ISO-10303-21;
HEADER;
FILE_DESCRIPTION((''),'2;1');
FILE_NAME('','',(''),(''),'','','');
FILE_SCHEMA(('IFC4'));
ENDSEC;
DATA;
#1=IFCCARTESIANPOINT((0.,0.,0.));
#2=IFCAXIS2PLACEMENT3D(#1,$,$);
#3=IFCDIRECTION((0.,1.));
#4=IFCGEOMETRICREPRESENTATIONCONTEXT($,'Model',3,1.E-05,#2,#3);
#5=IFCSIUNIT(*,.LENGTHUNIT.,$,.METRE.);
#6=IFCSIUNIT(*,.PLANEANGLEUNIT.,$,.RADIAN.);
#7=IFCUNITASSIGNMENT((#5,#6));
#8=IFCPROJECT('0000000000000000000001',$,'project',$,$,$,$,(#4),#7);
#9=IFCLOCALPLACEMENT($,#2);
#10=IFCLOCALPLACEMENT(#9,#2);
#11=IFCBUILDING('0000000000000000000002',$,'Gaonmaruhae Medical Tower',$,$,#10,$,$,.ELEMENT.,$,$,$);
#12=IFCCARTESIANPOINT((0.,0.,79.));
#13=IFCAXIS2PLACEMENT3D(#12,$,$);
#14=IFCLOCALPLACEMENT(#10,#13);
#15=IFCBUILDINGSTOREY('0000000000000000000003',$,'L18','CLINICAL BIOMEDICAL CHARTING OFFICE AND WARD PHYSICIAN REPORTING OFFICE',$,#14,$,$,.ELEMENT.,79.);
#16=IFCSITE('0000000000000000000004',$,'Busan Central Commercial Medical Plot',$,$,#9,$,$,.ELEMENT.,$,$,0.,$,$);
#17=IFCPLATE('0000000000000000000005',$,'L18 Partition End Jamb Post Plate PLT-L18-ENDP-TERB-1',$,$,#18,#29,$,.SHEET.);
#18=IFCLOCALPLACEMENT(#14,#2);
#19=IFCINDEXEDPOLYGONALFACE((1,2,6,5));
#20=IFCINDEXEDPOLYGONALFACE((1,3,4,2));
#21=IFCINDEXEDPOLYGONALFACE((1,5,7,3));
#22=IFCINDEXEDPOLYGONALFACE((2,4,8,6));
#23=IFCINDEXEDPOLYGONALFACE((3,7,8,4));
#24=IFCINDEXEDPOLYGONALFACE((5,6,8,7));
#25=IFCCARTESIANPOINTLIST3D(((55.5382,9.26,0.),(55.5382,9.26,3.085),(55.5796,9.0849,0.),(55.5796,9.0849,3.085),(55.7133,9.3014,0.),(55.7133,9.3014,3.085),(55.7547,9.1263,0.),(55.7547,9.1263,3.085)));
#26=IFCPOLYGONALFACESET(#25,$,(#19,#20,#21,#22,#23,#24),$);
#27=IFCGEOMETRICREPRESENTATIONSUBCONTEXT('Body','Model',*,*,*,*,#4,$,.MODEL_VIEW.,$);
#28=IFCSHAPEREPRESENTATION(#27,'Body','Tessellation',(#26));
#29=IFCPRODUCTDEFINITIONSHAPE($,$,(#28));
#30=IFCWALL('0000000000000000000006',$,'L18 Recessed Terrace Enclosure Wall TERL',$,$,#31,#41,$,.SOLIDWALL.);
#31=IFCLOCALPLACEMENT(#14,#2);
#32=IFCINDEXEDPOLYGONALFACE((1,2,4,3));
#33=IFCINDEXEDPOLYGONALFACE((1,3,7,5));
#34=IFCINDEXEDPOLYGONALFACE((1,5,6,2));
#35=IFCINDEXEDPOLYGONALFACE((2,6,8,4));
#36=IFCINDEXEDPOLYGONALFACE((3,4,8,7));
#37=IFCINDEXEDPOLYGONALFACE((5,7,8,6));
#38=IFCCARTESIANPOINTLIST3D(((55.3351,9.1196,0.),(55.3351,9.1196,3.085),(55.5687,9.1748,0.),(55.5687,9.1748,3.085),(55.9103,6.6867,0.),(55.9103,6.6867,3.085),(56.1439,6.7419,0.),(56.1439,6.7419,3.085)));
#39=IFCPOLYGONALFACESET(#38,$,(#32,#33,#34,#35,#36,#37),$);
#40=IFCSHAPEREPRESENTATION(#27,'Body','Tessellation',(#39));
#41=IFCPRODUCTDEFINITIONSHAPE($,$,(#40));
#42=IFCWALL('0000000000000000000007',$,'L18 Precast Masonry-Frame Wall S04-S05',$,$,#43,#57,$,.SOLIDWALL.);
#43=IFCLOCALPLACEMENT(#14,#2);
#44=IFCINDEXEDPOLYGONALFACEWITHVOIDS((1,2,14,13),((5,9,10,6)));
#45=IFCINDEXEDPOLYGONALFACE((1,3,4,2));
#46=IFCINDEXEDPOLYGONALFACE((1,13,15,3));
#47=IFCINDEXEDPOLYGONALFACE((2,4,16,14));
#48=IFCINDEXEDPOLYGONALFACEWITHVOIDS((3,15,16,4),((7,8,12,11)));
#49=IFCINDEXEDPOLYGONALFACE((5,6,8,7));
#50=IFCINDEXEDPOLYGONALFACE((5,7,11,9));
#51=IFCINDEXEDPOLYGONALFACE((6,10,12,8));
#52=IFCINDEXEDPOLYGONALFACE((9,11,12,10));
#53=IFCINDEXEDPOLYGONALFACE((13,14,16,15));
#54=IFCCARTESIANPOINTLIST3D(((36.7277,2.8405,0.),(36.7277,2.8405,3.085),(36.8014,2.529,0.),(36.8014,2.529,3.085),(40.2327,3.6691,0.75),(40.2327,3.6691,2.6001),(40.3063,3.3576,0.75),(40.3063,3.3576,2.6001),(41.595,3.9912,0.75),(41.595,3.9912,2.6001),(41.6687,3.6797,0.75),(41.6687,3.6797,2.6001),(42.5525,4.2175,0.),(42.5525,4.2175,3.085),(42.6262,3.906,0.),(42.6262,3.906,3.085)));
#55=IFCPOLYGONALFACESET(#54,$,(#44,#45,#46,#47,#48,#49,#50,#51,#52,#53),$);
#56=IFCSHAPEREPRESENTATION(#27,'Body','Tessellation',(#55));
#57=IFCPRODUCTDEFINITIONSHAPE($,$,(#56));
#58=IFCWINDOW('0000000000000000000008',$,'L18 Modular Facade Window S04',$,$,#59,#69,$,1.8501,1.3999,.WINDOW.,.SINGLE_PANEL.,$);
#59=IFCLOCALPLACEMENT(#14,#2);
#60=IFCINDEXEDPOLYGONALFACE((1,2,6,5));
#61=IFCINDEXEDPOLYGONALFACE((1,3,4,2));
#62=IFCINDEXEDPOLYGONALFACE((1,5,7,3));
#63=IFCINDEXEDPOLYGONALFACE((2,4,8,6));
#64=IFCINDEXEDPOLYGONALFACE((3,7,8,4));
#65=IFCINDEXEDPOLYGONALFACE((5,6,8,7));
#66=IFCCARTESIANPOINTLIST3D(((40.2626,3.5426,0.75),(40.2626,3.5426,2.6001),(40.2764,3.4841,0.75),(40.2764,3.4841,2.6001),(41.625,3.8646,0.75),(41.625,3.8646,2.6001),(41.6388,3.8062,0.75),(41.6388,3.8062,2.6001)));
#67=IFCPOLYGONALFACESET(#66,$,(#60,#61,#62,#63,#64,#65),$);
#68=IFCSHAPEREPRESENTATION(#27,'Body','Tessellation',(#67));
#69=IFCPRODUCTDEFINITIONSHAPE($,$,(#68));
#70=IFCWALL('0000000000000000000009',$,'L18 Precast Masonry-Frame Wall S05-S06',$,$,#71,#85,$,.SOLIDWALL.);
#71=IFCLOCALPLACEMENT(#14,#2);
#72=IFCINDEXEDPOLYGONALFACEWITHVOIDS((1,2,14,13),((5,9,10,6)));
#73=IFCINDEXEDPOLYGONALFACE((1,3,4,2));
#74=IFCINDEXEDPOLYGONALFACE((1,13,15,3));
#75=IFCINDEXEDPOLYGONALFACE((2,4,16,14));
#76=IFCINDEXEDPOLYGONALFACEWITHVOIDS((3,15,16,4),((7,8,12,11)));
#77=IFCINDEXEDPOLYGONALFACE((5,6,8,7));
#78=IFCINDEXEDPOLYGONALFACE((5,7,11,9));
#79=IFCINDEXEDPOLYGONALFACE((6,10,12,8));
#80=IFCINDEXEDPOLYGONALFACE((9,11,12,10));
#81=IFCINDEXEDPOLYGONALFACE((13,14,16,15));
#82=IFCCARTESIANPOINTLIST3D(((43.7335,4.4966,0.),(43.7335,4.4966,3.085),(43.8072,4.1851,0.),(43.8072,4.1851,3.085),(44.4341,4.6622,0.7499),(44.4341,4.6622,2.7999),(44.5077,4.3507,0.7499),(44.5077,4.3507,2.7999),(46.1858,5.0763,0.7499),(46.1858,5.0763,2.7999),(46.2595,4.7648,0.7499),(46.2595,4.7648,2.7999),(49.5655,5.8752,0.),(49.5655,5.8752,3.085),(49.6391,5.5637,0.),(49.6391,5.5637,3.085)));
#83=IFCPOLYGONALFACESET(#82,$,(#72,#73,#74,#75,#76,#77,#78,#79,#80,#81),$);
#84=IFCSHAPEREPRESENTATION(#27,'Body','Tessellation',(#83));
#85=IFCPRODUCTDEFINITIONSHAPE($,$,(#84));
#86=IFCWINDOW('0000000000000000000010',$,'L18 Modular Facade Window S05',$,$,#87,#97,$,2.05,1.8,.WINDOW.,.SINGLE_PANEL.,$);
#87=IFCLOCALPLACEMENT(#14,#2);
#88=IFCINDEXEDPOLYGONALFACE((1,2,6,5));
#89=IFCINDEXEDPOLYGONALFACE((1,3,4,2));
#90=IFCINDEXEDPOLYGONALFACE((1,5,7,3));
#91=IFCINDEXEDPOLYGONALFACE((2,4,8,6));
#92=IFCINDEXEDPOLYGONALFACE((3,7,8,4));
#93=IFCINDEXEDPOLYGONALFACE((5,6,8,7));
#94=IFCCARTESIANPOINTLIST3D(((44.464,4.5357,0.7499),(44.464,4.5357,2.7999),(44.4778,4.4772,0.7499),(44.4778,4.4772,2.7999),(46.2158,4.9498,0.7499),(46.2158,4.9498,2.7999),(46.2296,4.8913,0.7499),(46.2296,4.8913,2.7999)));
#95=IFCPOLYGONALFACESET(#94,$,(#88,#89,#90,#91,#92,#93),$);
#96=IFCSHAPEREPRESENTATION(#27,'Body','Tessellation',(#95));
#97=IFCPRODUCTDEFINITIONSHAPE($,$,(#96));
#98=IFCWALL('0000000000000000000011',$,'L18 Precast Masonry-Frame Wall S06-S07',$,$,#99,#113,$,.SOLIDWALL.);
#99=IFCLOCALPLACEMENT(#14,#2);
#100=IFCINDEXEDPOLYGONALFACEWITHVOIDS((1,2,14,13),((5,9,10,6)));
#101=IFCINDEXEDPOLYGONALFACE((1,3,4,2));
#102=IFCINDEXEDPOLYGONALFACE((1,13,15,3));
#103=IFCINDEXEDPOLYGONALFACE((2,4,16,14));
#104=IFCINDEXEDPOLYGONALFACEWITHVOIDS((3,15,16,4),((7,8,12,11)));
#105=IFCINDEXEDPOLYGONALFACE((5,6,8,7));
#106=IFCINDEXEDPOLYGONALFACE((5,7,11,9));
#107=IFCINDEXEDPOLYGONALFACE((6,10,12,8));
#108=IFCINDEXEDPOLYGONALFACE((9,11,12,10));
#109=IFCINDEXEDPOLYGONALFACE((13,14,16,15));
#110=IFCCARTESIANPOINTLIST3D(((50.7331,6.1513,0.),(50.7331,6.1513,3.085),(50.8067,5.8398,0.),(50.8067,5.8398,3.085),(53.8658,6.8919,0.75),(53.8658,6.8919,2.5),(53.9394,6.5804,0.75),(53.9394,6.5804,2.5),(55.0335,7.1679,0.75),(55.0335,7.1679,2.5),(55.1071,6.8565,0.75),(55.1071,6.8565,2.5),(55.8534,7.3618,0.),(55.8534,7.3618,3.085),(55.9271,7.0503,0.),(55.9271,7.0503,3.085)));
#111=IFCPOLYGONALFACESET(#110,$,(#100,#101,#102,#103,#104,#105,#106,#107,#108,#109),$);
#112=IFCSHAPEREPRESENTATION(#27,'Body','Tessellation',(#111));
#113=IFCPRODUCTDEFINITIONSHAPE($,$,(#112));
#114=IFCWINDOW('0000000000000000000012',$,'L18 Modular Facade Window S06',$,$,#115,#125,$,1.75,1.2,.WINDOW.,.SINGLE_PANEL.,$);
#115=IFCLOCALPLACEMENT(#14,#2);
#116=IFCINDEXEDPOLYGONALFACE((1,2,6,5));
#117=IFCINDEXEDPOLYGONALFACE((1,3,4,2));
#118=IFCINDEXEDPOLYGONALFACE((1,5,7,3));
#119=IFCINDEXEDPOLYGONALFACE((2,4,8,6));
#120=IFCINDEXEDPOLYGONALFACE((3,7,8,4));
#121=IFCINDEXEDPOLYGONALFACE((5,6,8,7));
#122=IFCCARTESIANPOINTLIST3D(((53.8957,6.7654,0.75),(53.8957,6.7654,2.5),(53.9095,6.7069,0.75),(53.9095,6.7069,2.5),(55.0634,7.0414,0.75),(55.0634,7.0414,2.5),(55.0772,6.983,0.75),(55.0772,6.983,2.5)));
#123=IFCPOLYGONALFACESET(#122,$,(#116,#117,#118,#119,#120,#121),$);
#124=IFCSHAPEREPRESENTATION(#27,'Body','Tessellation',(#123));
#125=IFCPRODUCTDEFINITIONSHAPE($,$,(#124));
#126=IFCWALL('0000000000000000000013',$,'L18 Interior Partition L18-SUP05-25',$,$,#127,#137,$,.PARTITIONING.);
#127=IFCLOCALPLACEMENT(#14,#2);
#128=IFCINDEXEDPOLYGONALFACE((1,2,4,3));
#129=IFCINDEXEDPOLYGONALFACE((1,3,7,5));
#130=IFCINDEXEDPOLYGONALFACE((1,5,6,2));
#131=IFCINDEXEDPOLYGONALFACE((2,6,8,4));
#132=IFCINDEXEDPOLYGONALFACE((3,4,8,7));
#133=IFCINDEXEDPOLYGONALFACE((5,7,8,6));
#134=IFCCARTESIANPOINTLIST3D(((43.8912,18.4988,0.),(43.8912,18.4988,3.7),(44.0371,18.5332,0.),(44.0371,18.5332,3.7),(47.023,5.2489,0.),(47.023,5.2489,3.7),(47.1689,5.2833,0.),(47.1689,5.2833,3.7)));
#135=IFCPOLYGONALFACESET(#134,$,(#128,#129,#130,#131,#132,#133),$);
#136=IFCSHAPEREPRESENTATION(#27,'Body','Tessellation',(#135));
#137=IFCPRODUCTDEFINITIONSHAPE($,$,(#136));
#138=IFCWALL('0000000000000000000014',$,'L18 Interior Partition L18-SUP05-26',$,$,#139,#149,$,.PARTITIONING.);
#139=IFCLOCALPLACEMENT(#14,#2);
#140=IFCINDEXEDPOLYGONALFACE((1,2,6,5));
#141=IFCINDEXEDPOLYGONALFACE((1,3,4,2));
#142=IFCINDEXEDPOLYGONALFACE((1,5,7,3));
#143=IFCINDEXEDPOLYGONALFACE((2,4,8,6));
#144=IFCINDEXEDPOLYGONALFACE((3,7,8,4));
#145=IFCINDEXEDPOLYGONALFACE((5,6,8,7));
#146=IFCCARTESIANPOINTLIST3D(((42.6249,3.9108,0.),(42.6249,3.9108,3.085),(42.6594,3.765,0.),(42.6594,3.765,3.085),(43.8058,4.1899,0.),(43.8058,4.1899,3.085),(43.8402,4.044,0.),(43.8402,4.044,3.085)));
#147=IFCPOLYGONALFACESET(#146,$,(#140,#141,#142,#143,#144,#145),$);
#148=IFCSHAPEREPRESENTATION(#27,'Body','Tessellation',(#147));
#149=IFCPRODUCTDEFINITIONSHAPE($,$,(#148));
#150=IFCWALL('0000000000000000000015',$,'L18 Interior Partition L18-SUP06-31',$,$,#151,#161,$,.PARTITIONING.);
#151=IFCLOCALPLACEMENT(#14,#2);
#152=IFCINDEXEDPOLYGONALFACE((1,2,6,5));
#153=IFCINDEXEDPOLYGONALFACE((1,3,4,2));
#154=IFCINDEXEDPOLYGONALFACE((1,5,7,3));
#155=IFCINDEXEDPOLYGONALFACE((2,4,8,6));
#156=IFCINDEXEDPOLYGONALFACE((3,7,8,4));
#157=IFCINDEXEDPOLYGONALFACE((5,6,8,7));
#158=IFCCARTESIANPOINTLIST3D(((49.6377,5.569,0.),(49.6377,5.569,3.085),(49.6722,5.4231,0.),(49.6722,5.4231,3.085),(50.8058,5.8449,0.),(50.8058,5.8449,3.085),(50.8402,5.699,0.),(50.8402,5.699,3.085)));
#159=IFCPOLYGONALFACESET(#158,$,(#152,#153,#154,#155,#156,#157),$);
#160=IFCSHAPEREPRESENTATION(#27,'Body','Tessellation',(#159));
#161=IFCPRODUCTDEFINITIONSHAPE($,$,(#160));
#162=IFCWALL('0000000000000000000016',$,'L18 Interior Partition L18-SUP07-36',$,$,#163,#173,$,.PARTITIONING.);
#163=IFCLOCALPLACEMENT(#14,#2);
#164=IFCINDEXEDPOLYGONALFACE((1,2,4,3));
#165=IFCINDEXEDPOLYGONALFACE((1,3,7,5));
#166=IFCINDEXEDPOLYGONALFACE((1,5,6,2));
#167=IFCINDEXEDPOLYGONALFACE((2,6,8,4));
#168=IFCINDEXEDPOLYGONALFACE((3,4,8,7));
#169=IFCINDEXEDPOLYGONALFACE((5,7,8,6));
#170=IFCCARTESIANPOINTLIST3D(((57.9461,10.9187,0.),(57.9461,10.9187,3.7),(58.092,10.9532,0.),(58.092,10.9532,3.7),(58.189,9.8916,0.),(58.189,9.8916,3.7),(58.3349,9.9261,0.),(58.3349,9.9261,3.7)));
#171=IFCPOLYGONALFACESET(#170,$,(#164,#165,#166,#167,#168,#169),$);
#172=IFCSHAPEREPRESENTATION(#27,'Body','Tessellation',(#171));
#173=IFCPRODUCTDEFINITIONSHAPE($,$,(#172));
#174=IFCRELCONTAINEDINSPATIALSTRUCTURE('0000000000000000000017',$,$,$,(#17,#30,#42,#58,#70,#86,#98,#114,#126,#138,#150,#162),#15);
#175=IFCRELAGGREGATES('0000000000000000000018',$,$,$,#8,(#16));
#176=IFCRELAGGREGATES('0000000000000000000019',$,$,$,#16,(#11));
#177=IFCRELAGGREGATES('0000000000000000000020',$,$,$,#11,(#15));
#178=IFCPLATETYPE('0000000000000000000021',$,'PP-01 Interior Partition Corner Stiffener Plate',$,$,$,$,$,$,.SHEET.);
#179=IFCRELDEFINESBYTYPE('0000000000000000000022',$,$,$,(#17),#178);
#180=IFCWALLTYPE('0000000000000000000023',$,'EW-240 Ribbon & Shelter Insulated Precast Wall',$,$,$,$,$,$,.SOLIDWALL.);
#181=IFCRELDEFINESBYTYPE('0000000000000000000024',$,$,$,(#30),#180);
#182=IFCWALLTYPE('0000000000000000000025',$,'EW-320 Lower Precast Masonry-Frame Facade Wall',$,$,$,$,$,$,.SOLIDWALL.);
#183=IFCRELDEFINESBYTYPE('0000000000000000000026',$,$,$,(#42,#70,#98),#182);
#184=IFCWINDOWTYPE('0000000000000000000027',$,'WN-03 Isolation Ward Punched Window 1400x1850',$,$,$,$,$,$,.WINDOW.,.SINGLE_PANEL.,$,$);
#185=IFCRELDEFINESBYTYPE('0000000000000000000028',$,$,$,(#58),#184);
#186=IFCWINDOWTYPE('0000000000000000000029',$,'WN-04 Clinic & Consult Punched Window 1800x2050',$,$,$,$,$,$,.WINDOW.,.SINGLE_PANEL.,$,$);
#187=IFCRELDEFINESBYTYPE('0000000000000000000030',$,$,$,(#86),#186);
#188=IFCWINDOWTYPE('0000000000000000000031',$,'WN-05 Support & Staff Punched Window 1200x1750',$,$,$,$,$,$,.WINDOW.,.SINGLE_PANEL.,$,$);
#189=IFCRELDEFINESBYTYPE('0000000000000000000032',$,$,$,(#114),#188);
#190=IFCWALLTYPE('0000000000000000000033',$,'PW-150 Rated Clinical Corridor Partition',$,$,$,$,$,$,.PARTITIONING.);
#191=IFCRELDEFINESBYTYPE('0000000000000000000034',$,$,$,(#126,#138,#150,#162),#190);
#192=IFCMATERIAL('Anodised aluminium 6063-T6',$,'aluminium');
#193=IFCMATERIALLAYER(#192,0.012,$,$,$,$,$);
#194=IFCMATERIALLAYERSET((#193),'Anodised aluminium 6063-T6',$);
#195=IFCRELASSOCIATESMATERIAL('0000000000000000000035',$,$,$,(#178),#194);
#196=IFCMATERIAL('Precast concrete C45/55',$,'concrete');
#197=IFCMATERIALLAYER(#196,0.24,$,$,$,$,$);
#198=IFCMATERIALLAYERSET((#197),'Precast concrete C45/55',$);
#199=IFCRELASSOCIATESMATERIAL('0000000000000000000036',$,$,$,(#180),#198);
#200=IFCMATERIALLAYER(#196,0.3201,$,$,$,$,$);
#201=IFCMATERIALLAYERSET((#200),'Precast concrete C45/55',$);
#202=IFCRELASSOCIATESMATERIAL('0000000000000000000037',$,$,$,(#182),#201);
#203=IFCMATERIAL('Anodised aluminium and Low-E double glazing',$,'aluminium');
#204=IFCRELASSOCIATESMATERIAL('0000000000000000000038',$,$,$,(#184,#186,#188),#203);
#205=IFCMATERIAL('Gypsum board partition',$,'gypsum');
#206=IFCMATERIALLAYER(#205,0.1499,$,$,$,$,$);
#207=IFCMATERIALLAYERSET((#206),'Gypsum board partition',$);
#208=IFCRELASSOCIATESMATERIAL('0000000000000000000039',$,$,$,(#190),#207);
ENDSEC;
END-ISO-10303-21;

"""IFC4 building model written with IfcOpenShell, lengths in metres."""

from ifc_helpers import new_model, si_unit, direction, frame, frame_2d, origin, origin_2d, place, context, subcontext, project, spatial, rectangle, extrude, material, layer, layer_set, type_object, element, fill, save


model = new_model("IFC4")

# Units and contexts
model_context = context("Model", 3, precision=1e-05, world=origin(), true_north=direction((0.0, 1.0)))
body_context = subcontext(model_context, "Body", "Model", "MODEL_VIEW")
ifc_project = project(units=[si_unit("LENGTHUNIT", "METRE"), si_unit("PLANEANGLEUNIT", "RADIAN")], contexts=[model_context])

# Site, building, storey
site_placement = place(None, origin())
site = spatial("IfcSite", under=ifc_project, at=site_placement, Name="Busan Central Commercial Medical Plot", CompositionType="ELEMENT", RefElevation=0.0)
building_placement = place(site_placement, origin())
building = spatial("IfcBuilding", under=site, at=building_placement, Name="Gaonmaruhae Medical Tower", CompositionType="ELEMENT")
storey_placement = place(building_placement, frame((0.0, 0.0, 79.0)))
storey = spatial("IfcBuildingStorey", under=building, at=storey_placement, Name="L18", Description="CLINICAL BIOMEDICAL CHARTING OFFICE AND WARD PHYSICIAN REPORTING OFFICE", CompositionType="ELEMENT", Elevation=79.0)

# Plate
ifc_material_1 = material(Name="Anodised aluminium 6063-T6", Category="aluminium")
ifc_layer_1 = layer(ifc_material_1, 0.012)
ifc_layer_set_1 = layer_set([ifc_layer_1], Name="Anodised aluminium 6063-T6")
plate_type = type_object("IfcPlateType", Name="PP-01 Interior Partition Corner Stiffener Plate", PredefinedType="SHEET", material=ifc_layer_set_1)
plate_placement = place(storey_placement, frame((55.6465, 9.1931, 0.0), z_axis=(0.0, 0.0, 1.0), x_axis=(-0.973179, -0.23005, 0.0)))
element("IfcPlate", 1, at=plate_placement, inside=storey, type_object=plate_type, Name="L18 Partition End Jamb Post Plate PLT-L18-ENDP-TERB-1", PredefinedType="SHEET", context=body_context, shape_type="SweptSolid", body=[
    extrude(rectangle(XDim=0.1799, YDim=0.1799, at=origin_2d()), origin(), (0.0, 0.0, 1.0), 3.085),
])

# Wall
ifc_material_2 = material(Name="Precast concrete C45/55", Category="concrete")
ifc_layer_2 = layer(ifc_material_2, 0.24)
ifc_layer_set_2 = layer_set([ifc_layer_2], Name="Precast concrete C45/55")
wall_type_1 = type_object("IfcWallType", Name="EW-240 Ribbon & Shelter Insulated Precast Wall", PredefinedType="SOLIDWALL", material=ifc_layer_set_2)
wall_1_placement = place(storey_placement, frame((55.4519, 9.1472, 0.0), z_axis=(0.0, 0.0, 1.0), x_axis=(0.230084, -0.973171, 0.0)))
element("IfcWall", 2, at=wall_1_placement, inside=storey, type_object=wall_type_1, Name="L18 Recessed Terrace Enclosure Wall TERL", PredefinedType="SOLIDWALL", context=body_context, shape_type="SweptSolid", body=[
    extrude(rectangle(XDim=2.5, YDim=0.24, at=frame_2d((1.25, 0.0))), origin(), (0.0, 0.0, 1.0), 3.085),
])

# Walls, openings, windows
ifc_layer_3 = layer(ifc_material_2, 0.3201)
ifc_layer_set_3 = layer_set([ifc_layer_3], Name="Precast concrete C45/55")
wall_type_2 = type_object("IfcWallType", Name="EW-320 Lower Precast Masonry-Frame Facade Wall", PredefinedType="SOLIDWALL", material=ifc_layer_set_3)
wall_2_placement = place(storey_placement, frame((42.5894, 4.0618, 0.0), z_axis=(0.0, 0.0, 1.0), x_axis=(-0.973177, -0.230058, 0.0)))
wall_2 = element("IfcWall", 3, at=wall_2_placement, inside=storey, type_object=wall_type_2, Name="L18 Precast Masonry-Frame Wall S04-S05", PredefinedType="SOLIDWALL", context=body_context, shape_type="SweptSolid", body=[
    extrude(rectangle(XDim=5.9854, YDim=0.3201, at=frame_2d((2.9927, 0.0))), origin(), (0.0, 0.0, 1.0), 3.085),
])
opening_1_placement = place(wall_2_placement, frame((0.9839, 0.0, 0.75)))
opening_1 = element("IfcOpeningElement", 4, at=opening_1_placement, cuts=wall_2, PredefinedType="OPENING", context=body_context, shape_type="SweptSolid", body=[
    extrude(rectangle(XDim=1.3999, YDim=1.8501, at=frame_2d((0.7, 0.925))), frame((0.0, 0.1699, 0.0), z_axis=(0.0, -1.0, 0.0), x_axis=(1.0, 0.0, 0.0)), (0.0, 0.0, 1.0), 0.3401),
])
ifc_material_3 = material(Name="Anodised aluminium and Low-E double glazing", Category="aluminium")
window_type_1 = type_object("IfcWindowType", Name="WN-03 Isolation Ward Punched Window 1400x1850", PartitioningType="SINGLE_PANEL", PredefinedType="WINDOW", material=ifc_material_3)
window_1_placement = place(opening_1_placement, origin())
window_1 = element("IfcWindow", 5, at=window_1_placement, inside=storey, type_object=window_type_1, Name="L18 Modular Facade Window S04", OverallHeight=1.8501, OverallWidth=1.3999, PartitioningType="SINGLE_PANEL", PredefinedType="WINDOW", context=body_context, shape_type="SweptSolid", body=[
    extrude(rectangle(XDim=1.3999, YDim=1.8501, at=frame_2d((0.7, 0.925))), frame((0.0, 0.03, 0.0), z_axis=(0.0, -1.0, 0.0), x_axis=(1.0, 0.0, 0.0)), (0.0, 0.0, 1.0), 0.0601),
])
fill(opening_1, window_1)
wall_3_placement = place(storey_placement, frame((49.6023, 5.7195, 0.0), z_axis=(0.0, 0.0, 1.0), x_axis=(-0.973178, -0.230054, 0.0)))
wall_3 = element("IfcWall", 6, at=wall_3_placement, inside=storey, type_object=wall_type_2, Name="L18 Precast Masonry-Frame Wall S05-S06", PredefinedType="SOLIDWALL", context=body_context, shape_type="SweptSolid", body=[
    extrude(rectangle(XDim=5.9927, YDim=0.3201, at=frame_2d((2.9963, 0.0))), origin(), (0.0, 0.0, 1.0), 3.085),
])
opening_2_placement = place(wall_3_placement, frame((3.4729, 0.0, 0.75)))
opening_2 = element("IfcOpeningElement", 7, at=opening_2_placement, cuts=wall_3, PredefinedType="OPENING", context=body_context, shape_type="SweptSolid", body=[
    extrude(rectangle(XDim=1.8, YDim=2.05, at=frame_2d((0.8999, 1.0249))), frame((0.0, 0.1699, 0.0), z_axis=(0.0, -1.0, 0.0), x_axis=(1.0, 0.0, 0.0)), (0.0, 0.0, 1.0), 0.3401),
])
window_type_2 = type_object("IfcWindowType", Name="WN-04 Clinic & Consult Punched Window 1800x2050", PartitioningType="SINGLE_PANEL", PredefinedType="WINDOW", material=ifc_material_3)
window_2_placement = place(opening_2_placement, origin())
window_2 = element("IfcWindow", 8, at=window_2_placement, inside=storey, type_object=window_type_2, Name="L18 Modular Facade Window S05", OverallHeight=2.05, OverallWidth=1.8, PartitioningType="SINGLE_PANEL", PredefinedType="WINDOW", context=body_context, shape_type="SweptSolid", body=[
    extrude(rectangle(XDim=1.8, YDim=2.05, at=frame_2d((0.8999, 1.0249))), frame((0.0, 0.03, 0.0), z_axis=(0.0, -1.0, 0.0), x_axis=(1.0, 0.0, 0.0)), (0.0, 0.0, 1.0), 0.0601),
])
fill(opening_2, window_2)
wall_4_placement = place(storey_placement, frame((55.8904, 7.2061, 0.0), z_axis=(0.0, 0.0, 1.0), x_axis=(-0.973177, -0.230058, 0.0)))
wall_4 = element("IfcWall", 9, at=wall_4_placement, inside=storey, type_object=wall_type_2, Name="L18 Precast Masonry-Frame Wall S06-S07", PredefinedType="SOLIDWALL", context=body_context, shape_type="SweptSolid", body=[
    extrude(rectangle(XDim=5.2615, YDim=0.3201, at=frame_2d((2.6309, 0.0))), origin(), (0.0, 0.0, 1.0), 3.085),
])
opening_3_placement = place(wall_4_placement, frame((0.8425, 0.0, 0.75)))
opening_3 = element("IfcOpeningElement", 10, at=opening_3_placement, cuts=wall_4, PredefinedType="OPENING", context=body_context, shape_type="SweptSolid", body=[
    extrude(rectangle(XDim=1.2, YDim=1.75, at=frame_2d((0.6001, 0.875))), frame((0.0, 0.1699, 0.0), z_axis=(0.0, -1.0, 0.0), x_axis=(1.0, 0.0, 0.0)), (0.0, 0.0, 1.0), 0.3401),
])
window_type_3 = type_object("IfcWindowType", Name="WN-05 Support & Staff Punched Window 1200x1750", PartitioningType="SINGLE_PANEL", PredefinedType="WINDOW", material=ifc_material_3)
window_3_placement = place(opening_3_placement, origin())
window_3 = element("IfcWindow", 11, at=window_3_placement, inside=storey, type_object=window_type_3, Name="L18 Modular Facade Window S06", OverallHeight=1.75, OverallWidth=1.2, PartitioningType="SINGLE_PANEL", PredefinedType="WINDOW", context=body_context, shape_type="SweptSolid", body=[
    extrude(rectangle(XDim=1.2, YDim=1.75, at=frame_2d((0.6001, 0.875))), frame((0.0, 0.03, 0.0), z_axis=(0.0, -1.0, 0.0), x_axis=(1.0, 0.0, 0.0)), (0.0, 0.0, 1.0), 0.0601),
])
fill(opening_3, window_3)

# Walls
ifc_material_4 = material(Name="Gypsum board partition", Category="gypsum")
ifc_layer_4 = layer(ifc_material_4, 0.1499)
ifc_layer_set_4 = layer_set([ifc_layer_4], Name="Gypsum board partition")
wall_type_3 = type_object("IfcWallType", Name="PW-150 Rated Clinical Corridor Partition", PredefinedType="PARTITIONING", material=ifc_layer_set_4)
wall_5_placement = place(storey_placement, frame((43.9641, 18.5161, 0.0), z_axis=(0.0, 0.0, 1.0), x_axis=(0.230027, -0.973184, 0.0)))
element("IfcWall", 12, at=wall_5_placement, inside=storey, type_object=wall_type_3, Name="L18 Interior Partition L18-SUP05-25", PredefinedType="PARTITIONING", context=body_context, shape_type="SweptSolid", body=[
    extrude(rectangle(XDim=13.615, YDim=0.1499, at=frame_2d((6.8076, 0.0))), origin(), (0.0, 0.0, 1.0), 3.7),
])
wall_6_placement = place(storey_placement, frame((43.823, 4.1169, 0.0), z_axis=(0.0, 0.0, 1.0), x_axis=(-0.973198, -0.22997, 0.0)))
element("IfcWall", 13, at=wall_6_placement, inside=storey, type_object=wall_type_3, Name="L18 Interior Partition L18-SUP05-26", PredefinedType="PARTITIONING", context=body_context, shape_type="SweptSolid", body=[
    extrude(rectangle(XDim=1.2134, YDim=0.1499, at=frame_2d((0.6067, 0.0))), origin(), (0.0, 0.0, 1.0), 3.085),
])
wall_7_placement = place(storey_placement, frame((50.823, 5.772, 0.0), z_axis=(0.0, 0.0, 1.0), x_axis=(-0.973219, -0.229878, 0.0)))
element("IfcWall", 14, at=wall_7_placement, inside=storey, type_object=wall_type_3, Name="L18 Interior Partition L18-SUP06-31", PredefinedType="PARTITIONING", context=body_context, shape_type="SweptSolid", body=[
    extrude(rectangle(XDim=1.2002, YDim=0.1499, at=frame_2d((0.6001, 0.0))), origin(), (0.0, 0.0, 1.0), 3.085),
])
wall_8_placement = place(storey_placement, frame((58.019, 10.936, 0.0), z_axis=(0.0, 0.0, 1.0), x_axis=(0.230161, -0.973153, 0.0)))
element("IfcWall", 15, at=wall_8_placement, inside=storey, type_object=wall_type_3, Name="L18 Interior Partition L18-SUP07-36", PredefinedType="PARTITIONING", context=body_context, shape_type="SweptSolid", body=[
    extrude(rectangle(XDim=1.0554, YDim=0.1499, at=frame_2d((0.5278, 0.0))), origin(), (0.0, 0.0, 1.0), 3.7),
])

save(model, "model.ifc")
